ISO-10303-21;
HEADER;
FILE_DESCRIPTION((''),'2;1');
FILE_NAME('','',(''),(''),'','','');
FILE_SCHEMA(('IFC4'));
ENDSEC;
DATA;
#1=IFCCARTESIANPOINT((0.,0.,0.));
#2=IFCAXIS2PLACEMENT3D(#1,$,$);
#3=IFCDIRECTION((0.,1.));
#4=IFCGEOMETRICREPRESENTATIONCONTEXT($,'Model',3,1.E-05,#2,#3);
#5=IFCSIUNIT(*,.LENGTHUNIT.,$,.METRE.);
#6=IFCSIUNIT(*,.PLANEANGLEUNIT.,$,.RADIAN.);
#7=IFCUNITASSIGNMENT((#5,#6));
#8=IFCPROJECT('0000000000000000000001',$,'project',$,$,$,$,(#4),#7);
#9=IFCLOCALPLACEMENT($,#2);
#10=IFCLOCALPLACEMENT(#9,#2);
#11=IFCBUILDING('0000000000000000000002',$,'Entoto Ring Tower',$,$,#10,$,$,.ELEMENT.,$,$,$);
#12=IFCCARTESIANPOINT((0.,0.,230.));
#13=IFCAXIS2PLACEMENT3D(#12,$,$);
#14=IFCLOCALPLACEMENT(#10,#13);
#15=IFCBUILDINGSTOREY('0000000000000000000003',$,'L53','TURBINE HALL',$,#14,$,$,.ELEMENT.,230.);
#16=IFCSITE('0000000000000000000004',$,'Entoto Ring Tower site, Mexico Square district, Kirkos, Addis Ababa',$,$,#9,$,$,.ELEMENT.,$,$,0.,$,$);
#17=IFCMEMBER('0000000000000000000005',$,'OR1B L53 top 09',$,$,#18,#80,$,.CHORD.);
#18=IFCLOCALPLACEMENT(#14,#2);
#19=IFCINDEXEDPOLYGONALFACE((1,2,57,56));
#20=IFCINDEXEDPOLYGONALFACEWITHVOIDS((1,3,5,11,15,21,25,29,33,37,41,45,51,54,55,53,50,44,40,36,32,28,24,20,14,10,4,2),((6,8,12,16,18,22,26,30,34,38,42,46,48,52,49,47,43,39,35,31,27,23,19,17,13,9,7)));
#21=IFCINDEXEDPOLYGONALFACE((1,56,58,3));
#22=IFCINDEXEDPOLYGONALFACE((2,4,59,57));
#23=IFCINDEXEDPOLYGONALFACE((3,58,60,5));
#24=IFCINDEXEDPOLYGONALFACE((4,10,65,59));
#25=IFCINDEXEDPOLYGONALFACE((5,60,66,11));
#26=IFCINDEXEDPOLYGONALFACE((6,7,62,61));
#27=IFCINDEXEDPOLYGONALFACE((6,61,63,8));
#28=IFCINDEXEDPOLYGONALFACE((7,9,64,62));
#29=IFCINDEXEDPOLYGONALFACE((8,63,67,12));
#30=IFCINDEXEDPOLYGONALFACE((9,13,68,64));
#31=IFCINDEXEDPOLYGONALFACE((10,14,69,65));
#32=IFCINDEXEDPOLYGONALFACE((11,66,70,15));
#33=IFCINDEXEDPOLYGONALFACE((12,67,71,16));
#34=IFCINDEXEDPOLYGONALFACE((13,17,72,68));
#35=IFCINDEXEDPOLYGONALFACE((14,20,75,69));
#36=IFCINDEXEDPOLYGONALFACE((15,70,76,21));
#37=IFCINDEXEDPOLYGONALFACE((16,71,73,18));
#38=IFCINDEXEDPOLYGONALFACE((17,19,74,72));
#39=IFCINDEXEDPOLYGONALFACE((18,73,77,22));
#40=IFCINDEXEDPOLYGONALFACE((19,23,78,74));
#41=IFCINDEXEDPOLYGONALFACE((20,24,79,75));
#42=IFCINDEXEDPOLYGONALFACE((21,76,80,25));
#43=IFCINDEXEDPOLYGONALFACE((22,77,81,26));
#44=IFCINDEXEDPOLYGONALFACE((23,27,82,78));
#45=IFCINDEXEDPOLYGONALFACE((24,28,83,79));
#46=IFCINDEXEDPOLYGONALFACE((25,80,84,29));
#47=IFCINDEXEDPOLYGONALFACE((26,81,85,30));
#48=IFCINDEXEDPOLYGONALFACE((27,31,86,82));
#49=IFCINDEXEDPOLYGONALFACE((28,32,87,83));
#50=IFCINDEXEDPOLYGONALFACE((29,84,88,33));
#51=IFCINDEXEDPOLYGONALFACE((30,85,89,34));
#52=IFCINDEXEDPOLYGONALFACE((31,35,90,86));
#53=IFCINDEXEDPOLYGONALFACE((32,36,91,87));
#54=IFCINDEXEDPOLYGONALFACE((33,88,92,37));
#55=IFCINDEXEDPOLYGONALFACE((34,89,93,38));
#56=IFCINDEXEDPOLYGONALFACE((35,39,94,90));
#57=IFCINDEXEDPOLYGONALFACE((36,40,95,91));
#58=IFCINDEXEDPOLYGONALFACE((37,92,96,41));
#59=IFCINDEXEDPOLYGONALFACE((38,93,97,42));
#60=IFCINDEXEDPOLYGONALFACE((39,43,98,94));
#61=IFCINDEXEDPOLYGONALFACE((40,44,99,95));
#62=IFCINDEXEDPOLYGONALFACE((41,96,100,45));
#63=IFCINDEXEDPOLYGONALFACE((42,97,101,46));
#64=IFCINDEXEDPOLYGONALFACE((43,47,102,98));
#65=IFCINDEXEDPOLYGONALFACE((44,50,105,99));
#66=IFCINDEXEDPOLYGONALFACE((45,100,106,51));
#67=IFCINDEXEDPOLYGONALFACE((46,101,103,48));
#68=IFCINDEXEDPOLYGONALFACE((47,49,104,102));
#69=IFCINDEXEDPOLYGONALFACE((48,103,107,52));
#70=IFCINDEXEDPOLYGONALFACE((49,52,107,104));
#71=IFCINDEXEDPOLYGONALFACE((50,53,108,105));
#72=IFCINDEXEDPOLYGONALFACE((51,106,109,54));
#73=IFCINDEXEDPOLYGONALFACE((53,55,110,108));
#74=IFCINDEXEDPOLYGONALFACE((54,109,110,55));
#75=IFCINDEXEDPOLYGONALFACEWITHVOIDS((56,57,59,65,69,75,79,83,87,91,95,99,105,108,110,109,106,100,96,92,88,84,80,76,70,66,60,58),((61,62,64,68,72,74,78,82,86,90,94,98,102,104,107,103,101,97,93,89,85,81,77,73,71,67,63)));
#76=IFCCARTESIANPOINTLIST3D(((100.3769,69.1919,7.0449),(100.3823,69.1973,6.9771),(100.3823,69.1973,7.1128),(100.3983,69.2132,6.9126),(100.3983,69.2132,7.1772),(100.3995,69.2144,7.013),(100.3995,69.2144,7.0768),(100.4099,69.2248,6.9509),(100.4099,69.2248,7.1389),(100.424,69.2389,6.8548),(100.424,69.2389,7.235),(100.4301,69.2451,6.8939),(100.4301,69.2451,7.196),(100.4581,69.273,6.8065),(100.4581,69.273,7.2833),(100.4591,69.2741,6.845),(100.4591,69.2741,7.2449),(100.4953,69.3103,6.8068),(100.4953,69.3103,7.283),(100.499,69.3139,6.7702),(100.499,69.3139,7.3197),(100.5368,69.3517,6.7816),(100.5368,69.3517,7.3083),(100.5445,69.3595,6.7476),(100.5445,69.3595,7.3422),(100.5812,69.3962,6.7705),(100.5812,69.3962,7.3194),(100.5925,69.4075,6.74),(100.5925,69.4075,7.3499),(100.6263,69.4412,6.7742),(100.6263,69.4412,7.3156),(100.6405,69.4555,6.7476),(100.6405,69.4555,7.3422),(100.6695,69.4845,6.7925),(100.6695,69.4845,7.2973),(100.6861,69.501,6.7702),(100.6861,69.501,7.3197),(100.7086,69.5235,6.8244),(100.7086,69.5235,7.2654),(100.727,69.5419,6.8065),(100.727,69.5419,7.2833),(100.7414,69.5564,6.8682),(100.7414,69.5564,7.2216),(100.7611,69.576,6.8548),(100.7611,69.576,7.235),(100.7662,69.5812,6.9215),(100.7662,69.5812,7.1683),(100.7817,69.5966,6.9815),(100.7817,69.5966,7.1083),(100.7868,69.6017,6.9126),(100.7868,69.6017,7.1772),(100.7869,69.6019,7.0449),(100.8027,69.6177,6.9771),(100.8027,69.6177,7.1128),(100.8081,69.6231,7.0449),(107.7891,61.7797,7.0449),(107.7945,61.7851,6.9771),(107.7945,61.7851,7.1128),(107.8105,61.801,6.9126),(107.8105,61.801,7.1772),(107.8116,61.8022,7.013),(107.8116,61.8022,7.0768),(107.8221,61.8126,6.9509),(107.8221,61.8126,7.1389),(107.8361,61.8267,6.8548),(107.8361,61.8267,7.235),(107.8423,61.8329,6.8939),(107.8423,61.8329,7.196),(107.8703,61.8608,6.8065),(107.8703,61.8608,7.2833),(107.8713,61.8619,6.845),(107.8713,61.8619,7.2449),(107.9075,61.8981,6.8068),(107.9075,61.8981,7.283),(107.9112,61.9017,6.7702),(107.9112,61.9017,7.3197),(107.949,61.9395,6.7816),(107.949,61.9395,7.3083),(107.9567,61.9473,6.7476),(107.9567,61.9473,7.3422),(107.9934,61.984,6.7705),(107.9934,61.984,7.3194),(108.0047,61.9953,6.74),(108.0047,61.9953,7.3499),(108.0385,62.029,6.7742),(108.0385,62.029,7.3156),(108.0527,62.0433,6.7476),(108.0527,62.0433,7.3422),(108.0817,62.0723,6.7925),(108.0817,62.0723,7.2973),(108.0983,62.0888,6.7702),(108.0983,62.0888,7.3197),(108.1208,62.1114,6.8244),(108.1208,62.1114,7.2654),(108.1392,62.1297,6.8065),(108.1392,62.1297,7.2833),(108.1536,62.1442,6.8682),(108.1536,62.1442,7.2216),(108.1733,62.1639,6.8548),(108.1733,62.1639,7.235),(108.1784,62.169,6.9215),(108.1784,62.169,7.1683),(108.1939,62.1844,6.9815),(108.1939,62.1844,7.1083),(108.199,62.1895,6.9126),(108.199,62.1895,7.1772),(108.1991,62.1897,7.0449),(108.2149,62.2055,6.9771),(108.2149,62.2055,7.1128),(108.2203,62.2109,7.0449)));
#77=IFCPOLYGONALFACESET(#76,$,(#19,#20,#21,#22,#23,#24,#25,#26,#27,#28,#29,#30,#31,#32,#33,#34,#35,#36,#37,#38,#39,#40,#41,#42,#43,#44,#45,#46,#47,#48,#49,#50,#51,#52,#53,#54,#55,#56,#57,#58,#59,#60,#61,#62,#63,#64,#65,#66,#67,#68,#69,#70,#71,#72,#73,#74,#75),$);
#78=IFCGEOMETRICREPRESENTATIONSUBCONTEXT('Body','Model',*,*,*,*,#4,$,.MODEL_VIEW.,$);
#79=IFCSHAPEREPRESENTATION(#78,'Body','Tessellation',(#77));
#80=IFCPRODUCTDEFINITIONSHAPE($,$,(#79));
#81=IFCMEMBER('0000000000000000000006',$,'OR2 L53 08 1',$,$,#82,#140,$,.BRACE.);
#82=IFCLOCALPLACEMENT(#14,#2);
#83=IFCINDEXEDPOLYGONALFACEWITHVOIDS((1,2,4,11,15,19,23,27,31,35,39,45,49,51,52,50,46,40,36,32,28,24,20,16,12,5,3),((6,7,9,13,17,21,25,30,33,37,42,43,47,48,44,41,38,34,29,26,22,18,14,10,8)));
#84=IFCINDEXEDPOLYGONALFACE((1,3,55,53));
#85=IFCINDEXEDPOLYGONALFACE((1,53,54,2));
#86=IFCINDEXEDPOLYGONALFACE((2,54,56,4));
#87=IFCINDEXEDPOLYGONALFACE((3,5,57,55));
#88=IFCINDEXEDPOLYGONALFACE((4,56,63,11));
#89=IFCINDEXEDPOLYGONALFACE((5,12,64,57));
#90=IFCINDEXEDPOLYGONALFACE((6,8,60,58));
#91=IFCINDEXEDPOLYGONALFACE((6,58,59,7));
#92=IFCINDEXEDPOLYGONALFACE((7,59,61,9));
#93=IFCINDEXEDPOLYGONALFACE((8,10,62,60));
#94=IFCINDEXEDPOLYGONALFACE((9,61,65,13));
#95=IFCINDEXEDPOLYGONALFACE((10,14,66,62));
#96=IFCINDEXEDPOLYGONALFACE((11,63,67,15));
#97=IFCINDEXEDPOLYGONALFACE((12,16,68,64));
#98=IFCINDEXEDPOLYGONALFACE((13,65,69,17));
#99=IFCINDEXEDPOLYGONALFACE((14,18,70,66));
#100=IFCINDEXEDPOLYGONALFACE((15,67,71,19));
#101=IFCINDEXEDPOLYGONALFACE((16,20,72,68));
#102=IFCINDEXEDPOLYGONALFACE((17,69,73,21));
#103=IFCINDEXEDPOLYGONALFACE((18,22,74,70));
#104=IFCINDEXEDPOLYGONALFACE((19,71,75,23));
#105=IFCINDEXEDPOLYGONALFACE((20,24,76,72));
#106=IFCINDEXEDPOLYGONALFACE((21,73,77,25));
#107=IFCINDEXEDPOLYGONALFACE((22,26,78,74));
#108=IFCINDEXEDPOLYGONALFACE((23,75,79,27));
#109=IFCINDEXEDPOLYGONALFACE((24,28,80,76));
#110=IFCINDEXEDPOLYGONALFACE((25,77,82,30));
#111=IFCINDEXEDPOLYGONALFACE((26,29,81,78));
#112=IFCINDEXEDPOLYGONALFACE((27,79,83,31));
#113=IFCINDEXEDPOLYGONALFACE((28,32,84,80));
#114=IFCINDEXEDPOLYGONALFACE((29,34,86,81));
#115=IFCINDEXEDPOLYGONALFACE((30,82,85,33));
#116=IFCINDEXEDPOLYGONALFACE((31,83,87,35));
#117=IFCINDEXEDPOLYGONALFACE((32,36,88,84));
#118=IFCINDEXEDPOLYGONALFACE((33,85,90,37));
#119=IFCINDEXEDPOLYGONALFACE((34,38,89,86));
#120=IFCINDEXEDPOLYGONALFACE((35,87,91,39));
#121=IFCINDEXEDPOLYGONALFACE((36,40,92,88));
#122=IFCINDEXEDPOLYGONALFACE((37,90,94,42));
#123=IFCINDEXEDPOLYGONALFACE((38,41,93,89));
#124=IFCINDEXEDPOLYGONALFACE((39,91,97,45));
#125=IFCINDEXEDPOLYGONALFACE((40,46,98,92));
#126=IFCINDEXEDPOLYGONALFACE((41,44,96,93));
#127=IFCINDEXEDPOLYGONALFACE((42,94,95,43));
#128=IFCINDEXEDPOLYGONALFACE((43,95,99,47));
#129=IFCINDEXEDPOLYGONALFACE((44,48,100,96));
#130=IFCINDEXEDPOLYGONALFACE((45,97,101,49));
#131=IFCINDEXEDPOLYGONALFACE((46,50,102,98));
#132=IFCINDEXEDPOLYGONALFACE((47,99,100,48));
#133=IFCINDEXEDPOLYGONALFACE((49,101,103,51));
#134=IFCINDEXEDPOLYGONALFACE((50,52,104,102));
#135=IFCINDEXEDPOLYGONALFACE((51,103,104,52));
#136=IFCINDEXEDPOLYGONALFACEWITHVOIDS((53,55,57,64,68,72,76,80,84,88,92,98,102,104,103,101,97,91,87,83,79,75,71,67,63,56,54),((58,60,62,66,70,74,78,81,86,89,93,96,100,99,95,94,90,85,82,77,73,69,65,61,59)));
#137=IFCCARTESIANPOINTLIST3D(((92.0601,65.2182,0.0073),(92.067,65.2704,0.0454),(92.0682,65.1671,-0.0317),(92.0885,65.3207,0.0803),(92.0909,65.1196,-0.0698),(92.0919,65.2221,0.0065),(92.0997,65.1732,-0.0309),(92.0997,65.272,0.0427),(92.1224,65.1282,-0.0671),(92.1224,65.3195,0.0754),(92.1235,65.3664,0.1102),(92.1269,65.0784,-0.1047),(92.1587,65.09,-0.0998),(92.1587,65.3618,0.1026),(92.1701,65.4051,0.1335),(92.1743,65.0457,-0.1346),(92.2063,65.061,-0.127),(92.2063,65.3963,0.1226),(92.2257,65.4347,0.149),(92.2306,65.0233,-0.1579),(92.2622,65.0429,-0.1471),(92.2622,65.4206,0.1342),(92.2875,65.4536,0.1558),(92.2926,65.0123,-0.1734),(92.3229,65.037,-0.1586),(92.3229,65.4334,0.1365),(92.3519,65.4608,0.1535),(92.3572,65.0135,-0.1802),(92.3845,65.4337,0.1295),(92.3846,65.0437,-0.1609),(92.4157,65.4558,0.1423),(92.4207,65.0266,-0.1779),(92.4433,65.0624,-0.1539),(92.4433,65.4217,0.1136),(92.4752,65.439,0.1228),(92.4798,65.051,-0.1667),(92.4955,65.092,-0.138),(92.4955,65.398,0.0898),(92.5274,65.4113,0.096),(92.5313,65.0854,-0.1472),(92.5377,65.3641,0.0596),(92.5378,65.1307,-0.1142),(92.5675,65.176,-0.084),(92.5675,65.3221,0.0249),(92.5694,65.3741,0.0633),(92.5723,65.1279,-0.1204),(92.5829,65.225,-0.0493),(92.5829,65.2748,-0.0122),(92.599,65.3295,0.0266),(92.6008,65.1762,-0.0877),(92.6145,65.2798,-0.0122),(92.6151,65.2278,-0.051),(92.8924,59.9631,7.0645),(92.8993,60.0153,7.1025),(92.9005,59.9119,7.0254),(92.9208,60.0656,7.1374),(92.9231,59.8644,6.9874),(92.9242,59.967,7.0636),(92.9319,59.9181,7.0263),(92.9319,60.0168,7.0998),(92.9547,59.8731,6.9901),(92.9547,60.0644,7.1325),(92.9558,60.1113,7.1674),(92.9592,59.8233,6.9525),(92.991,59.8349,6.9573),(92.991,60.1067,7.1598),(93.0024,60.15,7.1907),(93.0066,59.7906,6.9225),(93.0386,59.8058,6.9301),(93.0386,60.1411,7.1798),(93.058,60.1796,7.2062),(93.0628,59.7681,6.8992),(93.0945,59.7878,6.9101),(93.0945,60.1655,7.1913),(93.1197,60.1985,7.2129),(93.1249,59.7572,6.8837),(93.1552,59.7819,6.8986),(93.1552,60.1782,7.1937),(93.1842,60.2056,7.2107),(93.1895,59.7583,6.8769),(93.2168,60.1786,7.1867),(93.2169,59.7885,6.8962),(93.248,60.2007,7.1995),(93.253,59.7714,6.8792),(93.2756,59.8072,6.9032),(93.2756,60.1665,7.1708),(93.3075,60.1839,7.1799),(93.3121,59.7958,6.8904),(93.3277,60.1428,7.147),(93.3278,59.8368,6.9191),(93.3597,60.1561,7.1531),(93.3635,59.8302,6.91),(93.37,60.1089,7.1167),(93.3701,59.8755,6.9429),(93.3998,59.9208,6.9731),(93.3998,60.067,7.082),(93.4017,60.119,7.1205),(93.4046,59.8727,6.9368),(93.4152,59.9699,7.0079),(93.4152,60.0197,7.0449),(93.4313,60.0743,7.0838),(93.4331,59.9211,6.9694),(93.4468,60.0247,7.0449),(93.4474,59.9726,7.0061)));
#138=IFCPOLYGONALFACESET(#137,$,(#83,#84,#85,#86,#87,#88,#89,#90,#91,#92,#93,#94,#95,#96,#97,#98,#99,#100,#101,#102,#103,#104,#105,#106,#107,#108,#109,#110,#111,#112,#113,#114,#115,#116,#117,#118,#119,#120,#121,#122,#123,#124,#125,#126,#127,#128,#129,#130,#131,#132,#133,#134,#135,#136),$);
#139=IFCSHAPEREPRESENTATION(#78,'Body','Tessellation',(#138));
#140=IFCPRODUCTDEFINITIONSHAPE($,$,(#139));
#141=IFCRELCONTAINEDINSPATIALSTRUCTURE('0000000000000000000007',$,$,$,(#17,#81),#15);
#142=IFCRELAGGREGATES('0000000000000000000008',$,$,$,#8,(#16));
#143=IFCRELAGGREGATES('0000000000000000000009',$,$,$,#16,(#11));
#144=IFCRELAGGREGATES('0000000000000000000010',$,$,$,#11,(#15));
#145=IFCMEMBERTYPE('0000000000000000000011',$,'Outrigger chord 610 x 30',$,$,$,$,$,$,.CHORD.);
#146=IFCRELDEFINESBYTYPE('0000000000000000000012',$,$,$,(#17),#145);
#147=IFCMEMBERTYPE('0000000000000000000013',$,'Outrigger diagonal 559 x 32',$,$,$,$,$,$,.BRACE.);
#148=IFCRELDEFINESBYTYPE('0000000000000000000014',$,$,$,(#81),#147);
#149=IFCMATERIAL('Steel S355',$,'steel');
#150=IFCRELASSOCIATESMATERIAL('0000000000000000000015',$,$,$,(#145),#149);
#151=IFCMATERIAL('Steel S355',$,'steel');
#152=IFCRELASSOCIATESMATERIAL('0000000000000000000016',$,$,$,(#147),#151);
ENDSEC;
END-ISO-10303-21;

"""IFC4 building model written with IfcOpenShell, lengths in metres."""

from ifc_helpers import new_model, si_unit, direction, frame, origin, origin_2d, place, context, subcontext, project, spatial, circle, hollow_circle, extrude, material, material_profile, profile_set, type_object, element, save


model = new_model("IFC4")

# Units and contexts
model_context = context("Model", 3, precision=1e-05, world=origin(), true_north=direction((0.0, 1.0)))
body_context = subcontext(model_context, "Body", "Model", "MODEL_VIEW")
ifc_project = project(units=[si_unit("LENGTHUNIT", "METRE"), si_unit("PLANEANGLEUNIT", "RADIAN")], contexts=[model_context])

# Site, building, storey
site_placement = place(None, origin())
site = spatial("IfcSite", under=ifc_project, at=site_placement, Name="Entoto Ring Tower site, Mexico Square district, Kirkos, Addis Ababa", CompositionType="ELEMENT", RefElevation=0.0)
building_placement = place(site_placement, origin())
building = spatial("IfcBuilding", under=site, at=building_placement, Name="Entoto Ring Tower", CompositionType="ELEMENT")
storey_placement = place(building_placement, frame((0.0, 0.0, 230.0)))
storey = spatial("IfcBuildingStorey", under=building, at=storey_placement, Name="L53", Description="TURBINE HALL", CompositionType="ELEMENT", Elevation=230.0)

# Members
ifc_material_1 = material(Name="Steel S355", Category="steel")
ifc_material_profile_1 = material_profile(ifc_material_1, hollow_circle(Radius=0.3049, WallThickness=0.03, at=origin_2d()), Name="CHS 610 x 30")
ifc_material_2 = material(Name="Concrete C60/75", Category="concrete")
ifc_material_profile_2 = material_profile(ifc_material_2, circle(Radius=0.2749, at=origin_2d()), Name="Concrete C60/75 infill")
ifc_profile_set_1 = profile_set([ifc_material_profile_1, ifc_material_profile_2], Name="Steel S355")
member_type_1 = type_object("IfcMemberType", Name="Outrigger chord 610 x 30", PredefinedType="CHORD", material=ifc_profile_set_1)
for number, where, z_axis, x_axis, name in (
    (1, (100.5925, 69.4075, 7.0449), (0.707107, -0.707107, 0.0), (0.707107, 0.707107, 0.0), "OR1B L53 top 09"),
):
    element("IfcMember", number, at=place(storey_placement, frame(where, z_axis=z_axis, x_axis=x_axis)), inside=storey, type_object=member_type_1, Name=name, PredefinedType="CHORD", context=body_context, shape_type="SweptSolid", body=[
        extrude(hollow_circle(Radius=0.3049, WallThickness=0.03, at=origin_2d()), origin(), (0.0, 0.0, 1.0), 10.4824),
    ])
ifc_material_3 = material(Name="Steel S355", Category="steel")
ifc_material_profile_3 = material_profile(ifc_material_3, hollow_circle(Radius=0.2795, WallThickness=0.032, at=origin_2d()), Name="CHS 559 x 32")
ifc_material_4 = material(Name="Concrete C60/75", Category="concrete")
ifc_material_profile_4 = material_profile(ifc_material_4, circle(Radius=0.2476, at=origin_2d()), Name="Concrete C60/75 infill")
ifc_profile_set_2 = profile_set([ifc_material_profile_3, ifc_material_profile_4], Name="Steel S355")
member_type_2 = type_object("IfcMemberType", Name="Outrigger diagonal 559 x 32", PredefinedType="BRACE", material=ifc_profile_set_2)
member_1_placement = place(storey_placement, frame((92.3384, 65.2361, -0.0122), z_axis=(0.094169, -0.594599, 0.798489), x_axis=(0.98769, 0.156424, 0.0)))
element("IfcMember", 2, at=member_1_placement, inside=storey, type_object=member_type_2, Name="OR2 L53 08 1", PredefinedType="BRACE", context=body_context, shape_type="SweptSolid", body=[
    extrude(hollow_circle(Radius=0.2795, WallThickness=0.032, at=origin_2d()), origin(), (0.0, 0.0, 1.0), 8.8381),
])

save(model, "model.ifc")
